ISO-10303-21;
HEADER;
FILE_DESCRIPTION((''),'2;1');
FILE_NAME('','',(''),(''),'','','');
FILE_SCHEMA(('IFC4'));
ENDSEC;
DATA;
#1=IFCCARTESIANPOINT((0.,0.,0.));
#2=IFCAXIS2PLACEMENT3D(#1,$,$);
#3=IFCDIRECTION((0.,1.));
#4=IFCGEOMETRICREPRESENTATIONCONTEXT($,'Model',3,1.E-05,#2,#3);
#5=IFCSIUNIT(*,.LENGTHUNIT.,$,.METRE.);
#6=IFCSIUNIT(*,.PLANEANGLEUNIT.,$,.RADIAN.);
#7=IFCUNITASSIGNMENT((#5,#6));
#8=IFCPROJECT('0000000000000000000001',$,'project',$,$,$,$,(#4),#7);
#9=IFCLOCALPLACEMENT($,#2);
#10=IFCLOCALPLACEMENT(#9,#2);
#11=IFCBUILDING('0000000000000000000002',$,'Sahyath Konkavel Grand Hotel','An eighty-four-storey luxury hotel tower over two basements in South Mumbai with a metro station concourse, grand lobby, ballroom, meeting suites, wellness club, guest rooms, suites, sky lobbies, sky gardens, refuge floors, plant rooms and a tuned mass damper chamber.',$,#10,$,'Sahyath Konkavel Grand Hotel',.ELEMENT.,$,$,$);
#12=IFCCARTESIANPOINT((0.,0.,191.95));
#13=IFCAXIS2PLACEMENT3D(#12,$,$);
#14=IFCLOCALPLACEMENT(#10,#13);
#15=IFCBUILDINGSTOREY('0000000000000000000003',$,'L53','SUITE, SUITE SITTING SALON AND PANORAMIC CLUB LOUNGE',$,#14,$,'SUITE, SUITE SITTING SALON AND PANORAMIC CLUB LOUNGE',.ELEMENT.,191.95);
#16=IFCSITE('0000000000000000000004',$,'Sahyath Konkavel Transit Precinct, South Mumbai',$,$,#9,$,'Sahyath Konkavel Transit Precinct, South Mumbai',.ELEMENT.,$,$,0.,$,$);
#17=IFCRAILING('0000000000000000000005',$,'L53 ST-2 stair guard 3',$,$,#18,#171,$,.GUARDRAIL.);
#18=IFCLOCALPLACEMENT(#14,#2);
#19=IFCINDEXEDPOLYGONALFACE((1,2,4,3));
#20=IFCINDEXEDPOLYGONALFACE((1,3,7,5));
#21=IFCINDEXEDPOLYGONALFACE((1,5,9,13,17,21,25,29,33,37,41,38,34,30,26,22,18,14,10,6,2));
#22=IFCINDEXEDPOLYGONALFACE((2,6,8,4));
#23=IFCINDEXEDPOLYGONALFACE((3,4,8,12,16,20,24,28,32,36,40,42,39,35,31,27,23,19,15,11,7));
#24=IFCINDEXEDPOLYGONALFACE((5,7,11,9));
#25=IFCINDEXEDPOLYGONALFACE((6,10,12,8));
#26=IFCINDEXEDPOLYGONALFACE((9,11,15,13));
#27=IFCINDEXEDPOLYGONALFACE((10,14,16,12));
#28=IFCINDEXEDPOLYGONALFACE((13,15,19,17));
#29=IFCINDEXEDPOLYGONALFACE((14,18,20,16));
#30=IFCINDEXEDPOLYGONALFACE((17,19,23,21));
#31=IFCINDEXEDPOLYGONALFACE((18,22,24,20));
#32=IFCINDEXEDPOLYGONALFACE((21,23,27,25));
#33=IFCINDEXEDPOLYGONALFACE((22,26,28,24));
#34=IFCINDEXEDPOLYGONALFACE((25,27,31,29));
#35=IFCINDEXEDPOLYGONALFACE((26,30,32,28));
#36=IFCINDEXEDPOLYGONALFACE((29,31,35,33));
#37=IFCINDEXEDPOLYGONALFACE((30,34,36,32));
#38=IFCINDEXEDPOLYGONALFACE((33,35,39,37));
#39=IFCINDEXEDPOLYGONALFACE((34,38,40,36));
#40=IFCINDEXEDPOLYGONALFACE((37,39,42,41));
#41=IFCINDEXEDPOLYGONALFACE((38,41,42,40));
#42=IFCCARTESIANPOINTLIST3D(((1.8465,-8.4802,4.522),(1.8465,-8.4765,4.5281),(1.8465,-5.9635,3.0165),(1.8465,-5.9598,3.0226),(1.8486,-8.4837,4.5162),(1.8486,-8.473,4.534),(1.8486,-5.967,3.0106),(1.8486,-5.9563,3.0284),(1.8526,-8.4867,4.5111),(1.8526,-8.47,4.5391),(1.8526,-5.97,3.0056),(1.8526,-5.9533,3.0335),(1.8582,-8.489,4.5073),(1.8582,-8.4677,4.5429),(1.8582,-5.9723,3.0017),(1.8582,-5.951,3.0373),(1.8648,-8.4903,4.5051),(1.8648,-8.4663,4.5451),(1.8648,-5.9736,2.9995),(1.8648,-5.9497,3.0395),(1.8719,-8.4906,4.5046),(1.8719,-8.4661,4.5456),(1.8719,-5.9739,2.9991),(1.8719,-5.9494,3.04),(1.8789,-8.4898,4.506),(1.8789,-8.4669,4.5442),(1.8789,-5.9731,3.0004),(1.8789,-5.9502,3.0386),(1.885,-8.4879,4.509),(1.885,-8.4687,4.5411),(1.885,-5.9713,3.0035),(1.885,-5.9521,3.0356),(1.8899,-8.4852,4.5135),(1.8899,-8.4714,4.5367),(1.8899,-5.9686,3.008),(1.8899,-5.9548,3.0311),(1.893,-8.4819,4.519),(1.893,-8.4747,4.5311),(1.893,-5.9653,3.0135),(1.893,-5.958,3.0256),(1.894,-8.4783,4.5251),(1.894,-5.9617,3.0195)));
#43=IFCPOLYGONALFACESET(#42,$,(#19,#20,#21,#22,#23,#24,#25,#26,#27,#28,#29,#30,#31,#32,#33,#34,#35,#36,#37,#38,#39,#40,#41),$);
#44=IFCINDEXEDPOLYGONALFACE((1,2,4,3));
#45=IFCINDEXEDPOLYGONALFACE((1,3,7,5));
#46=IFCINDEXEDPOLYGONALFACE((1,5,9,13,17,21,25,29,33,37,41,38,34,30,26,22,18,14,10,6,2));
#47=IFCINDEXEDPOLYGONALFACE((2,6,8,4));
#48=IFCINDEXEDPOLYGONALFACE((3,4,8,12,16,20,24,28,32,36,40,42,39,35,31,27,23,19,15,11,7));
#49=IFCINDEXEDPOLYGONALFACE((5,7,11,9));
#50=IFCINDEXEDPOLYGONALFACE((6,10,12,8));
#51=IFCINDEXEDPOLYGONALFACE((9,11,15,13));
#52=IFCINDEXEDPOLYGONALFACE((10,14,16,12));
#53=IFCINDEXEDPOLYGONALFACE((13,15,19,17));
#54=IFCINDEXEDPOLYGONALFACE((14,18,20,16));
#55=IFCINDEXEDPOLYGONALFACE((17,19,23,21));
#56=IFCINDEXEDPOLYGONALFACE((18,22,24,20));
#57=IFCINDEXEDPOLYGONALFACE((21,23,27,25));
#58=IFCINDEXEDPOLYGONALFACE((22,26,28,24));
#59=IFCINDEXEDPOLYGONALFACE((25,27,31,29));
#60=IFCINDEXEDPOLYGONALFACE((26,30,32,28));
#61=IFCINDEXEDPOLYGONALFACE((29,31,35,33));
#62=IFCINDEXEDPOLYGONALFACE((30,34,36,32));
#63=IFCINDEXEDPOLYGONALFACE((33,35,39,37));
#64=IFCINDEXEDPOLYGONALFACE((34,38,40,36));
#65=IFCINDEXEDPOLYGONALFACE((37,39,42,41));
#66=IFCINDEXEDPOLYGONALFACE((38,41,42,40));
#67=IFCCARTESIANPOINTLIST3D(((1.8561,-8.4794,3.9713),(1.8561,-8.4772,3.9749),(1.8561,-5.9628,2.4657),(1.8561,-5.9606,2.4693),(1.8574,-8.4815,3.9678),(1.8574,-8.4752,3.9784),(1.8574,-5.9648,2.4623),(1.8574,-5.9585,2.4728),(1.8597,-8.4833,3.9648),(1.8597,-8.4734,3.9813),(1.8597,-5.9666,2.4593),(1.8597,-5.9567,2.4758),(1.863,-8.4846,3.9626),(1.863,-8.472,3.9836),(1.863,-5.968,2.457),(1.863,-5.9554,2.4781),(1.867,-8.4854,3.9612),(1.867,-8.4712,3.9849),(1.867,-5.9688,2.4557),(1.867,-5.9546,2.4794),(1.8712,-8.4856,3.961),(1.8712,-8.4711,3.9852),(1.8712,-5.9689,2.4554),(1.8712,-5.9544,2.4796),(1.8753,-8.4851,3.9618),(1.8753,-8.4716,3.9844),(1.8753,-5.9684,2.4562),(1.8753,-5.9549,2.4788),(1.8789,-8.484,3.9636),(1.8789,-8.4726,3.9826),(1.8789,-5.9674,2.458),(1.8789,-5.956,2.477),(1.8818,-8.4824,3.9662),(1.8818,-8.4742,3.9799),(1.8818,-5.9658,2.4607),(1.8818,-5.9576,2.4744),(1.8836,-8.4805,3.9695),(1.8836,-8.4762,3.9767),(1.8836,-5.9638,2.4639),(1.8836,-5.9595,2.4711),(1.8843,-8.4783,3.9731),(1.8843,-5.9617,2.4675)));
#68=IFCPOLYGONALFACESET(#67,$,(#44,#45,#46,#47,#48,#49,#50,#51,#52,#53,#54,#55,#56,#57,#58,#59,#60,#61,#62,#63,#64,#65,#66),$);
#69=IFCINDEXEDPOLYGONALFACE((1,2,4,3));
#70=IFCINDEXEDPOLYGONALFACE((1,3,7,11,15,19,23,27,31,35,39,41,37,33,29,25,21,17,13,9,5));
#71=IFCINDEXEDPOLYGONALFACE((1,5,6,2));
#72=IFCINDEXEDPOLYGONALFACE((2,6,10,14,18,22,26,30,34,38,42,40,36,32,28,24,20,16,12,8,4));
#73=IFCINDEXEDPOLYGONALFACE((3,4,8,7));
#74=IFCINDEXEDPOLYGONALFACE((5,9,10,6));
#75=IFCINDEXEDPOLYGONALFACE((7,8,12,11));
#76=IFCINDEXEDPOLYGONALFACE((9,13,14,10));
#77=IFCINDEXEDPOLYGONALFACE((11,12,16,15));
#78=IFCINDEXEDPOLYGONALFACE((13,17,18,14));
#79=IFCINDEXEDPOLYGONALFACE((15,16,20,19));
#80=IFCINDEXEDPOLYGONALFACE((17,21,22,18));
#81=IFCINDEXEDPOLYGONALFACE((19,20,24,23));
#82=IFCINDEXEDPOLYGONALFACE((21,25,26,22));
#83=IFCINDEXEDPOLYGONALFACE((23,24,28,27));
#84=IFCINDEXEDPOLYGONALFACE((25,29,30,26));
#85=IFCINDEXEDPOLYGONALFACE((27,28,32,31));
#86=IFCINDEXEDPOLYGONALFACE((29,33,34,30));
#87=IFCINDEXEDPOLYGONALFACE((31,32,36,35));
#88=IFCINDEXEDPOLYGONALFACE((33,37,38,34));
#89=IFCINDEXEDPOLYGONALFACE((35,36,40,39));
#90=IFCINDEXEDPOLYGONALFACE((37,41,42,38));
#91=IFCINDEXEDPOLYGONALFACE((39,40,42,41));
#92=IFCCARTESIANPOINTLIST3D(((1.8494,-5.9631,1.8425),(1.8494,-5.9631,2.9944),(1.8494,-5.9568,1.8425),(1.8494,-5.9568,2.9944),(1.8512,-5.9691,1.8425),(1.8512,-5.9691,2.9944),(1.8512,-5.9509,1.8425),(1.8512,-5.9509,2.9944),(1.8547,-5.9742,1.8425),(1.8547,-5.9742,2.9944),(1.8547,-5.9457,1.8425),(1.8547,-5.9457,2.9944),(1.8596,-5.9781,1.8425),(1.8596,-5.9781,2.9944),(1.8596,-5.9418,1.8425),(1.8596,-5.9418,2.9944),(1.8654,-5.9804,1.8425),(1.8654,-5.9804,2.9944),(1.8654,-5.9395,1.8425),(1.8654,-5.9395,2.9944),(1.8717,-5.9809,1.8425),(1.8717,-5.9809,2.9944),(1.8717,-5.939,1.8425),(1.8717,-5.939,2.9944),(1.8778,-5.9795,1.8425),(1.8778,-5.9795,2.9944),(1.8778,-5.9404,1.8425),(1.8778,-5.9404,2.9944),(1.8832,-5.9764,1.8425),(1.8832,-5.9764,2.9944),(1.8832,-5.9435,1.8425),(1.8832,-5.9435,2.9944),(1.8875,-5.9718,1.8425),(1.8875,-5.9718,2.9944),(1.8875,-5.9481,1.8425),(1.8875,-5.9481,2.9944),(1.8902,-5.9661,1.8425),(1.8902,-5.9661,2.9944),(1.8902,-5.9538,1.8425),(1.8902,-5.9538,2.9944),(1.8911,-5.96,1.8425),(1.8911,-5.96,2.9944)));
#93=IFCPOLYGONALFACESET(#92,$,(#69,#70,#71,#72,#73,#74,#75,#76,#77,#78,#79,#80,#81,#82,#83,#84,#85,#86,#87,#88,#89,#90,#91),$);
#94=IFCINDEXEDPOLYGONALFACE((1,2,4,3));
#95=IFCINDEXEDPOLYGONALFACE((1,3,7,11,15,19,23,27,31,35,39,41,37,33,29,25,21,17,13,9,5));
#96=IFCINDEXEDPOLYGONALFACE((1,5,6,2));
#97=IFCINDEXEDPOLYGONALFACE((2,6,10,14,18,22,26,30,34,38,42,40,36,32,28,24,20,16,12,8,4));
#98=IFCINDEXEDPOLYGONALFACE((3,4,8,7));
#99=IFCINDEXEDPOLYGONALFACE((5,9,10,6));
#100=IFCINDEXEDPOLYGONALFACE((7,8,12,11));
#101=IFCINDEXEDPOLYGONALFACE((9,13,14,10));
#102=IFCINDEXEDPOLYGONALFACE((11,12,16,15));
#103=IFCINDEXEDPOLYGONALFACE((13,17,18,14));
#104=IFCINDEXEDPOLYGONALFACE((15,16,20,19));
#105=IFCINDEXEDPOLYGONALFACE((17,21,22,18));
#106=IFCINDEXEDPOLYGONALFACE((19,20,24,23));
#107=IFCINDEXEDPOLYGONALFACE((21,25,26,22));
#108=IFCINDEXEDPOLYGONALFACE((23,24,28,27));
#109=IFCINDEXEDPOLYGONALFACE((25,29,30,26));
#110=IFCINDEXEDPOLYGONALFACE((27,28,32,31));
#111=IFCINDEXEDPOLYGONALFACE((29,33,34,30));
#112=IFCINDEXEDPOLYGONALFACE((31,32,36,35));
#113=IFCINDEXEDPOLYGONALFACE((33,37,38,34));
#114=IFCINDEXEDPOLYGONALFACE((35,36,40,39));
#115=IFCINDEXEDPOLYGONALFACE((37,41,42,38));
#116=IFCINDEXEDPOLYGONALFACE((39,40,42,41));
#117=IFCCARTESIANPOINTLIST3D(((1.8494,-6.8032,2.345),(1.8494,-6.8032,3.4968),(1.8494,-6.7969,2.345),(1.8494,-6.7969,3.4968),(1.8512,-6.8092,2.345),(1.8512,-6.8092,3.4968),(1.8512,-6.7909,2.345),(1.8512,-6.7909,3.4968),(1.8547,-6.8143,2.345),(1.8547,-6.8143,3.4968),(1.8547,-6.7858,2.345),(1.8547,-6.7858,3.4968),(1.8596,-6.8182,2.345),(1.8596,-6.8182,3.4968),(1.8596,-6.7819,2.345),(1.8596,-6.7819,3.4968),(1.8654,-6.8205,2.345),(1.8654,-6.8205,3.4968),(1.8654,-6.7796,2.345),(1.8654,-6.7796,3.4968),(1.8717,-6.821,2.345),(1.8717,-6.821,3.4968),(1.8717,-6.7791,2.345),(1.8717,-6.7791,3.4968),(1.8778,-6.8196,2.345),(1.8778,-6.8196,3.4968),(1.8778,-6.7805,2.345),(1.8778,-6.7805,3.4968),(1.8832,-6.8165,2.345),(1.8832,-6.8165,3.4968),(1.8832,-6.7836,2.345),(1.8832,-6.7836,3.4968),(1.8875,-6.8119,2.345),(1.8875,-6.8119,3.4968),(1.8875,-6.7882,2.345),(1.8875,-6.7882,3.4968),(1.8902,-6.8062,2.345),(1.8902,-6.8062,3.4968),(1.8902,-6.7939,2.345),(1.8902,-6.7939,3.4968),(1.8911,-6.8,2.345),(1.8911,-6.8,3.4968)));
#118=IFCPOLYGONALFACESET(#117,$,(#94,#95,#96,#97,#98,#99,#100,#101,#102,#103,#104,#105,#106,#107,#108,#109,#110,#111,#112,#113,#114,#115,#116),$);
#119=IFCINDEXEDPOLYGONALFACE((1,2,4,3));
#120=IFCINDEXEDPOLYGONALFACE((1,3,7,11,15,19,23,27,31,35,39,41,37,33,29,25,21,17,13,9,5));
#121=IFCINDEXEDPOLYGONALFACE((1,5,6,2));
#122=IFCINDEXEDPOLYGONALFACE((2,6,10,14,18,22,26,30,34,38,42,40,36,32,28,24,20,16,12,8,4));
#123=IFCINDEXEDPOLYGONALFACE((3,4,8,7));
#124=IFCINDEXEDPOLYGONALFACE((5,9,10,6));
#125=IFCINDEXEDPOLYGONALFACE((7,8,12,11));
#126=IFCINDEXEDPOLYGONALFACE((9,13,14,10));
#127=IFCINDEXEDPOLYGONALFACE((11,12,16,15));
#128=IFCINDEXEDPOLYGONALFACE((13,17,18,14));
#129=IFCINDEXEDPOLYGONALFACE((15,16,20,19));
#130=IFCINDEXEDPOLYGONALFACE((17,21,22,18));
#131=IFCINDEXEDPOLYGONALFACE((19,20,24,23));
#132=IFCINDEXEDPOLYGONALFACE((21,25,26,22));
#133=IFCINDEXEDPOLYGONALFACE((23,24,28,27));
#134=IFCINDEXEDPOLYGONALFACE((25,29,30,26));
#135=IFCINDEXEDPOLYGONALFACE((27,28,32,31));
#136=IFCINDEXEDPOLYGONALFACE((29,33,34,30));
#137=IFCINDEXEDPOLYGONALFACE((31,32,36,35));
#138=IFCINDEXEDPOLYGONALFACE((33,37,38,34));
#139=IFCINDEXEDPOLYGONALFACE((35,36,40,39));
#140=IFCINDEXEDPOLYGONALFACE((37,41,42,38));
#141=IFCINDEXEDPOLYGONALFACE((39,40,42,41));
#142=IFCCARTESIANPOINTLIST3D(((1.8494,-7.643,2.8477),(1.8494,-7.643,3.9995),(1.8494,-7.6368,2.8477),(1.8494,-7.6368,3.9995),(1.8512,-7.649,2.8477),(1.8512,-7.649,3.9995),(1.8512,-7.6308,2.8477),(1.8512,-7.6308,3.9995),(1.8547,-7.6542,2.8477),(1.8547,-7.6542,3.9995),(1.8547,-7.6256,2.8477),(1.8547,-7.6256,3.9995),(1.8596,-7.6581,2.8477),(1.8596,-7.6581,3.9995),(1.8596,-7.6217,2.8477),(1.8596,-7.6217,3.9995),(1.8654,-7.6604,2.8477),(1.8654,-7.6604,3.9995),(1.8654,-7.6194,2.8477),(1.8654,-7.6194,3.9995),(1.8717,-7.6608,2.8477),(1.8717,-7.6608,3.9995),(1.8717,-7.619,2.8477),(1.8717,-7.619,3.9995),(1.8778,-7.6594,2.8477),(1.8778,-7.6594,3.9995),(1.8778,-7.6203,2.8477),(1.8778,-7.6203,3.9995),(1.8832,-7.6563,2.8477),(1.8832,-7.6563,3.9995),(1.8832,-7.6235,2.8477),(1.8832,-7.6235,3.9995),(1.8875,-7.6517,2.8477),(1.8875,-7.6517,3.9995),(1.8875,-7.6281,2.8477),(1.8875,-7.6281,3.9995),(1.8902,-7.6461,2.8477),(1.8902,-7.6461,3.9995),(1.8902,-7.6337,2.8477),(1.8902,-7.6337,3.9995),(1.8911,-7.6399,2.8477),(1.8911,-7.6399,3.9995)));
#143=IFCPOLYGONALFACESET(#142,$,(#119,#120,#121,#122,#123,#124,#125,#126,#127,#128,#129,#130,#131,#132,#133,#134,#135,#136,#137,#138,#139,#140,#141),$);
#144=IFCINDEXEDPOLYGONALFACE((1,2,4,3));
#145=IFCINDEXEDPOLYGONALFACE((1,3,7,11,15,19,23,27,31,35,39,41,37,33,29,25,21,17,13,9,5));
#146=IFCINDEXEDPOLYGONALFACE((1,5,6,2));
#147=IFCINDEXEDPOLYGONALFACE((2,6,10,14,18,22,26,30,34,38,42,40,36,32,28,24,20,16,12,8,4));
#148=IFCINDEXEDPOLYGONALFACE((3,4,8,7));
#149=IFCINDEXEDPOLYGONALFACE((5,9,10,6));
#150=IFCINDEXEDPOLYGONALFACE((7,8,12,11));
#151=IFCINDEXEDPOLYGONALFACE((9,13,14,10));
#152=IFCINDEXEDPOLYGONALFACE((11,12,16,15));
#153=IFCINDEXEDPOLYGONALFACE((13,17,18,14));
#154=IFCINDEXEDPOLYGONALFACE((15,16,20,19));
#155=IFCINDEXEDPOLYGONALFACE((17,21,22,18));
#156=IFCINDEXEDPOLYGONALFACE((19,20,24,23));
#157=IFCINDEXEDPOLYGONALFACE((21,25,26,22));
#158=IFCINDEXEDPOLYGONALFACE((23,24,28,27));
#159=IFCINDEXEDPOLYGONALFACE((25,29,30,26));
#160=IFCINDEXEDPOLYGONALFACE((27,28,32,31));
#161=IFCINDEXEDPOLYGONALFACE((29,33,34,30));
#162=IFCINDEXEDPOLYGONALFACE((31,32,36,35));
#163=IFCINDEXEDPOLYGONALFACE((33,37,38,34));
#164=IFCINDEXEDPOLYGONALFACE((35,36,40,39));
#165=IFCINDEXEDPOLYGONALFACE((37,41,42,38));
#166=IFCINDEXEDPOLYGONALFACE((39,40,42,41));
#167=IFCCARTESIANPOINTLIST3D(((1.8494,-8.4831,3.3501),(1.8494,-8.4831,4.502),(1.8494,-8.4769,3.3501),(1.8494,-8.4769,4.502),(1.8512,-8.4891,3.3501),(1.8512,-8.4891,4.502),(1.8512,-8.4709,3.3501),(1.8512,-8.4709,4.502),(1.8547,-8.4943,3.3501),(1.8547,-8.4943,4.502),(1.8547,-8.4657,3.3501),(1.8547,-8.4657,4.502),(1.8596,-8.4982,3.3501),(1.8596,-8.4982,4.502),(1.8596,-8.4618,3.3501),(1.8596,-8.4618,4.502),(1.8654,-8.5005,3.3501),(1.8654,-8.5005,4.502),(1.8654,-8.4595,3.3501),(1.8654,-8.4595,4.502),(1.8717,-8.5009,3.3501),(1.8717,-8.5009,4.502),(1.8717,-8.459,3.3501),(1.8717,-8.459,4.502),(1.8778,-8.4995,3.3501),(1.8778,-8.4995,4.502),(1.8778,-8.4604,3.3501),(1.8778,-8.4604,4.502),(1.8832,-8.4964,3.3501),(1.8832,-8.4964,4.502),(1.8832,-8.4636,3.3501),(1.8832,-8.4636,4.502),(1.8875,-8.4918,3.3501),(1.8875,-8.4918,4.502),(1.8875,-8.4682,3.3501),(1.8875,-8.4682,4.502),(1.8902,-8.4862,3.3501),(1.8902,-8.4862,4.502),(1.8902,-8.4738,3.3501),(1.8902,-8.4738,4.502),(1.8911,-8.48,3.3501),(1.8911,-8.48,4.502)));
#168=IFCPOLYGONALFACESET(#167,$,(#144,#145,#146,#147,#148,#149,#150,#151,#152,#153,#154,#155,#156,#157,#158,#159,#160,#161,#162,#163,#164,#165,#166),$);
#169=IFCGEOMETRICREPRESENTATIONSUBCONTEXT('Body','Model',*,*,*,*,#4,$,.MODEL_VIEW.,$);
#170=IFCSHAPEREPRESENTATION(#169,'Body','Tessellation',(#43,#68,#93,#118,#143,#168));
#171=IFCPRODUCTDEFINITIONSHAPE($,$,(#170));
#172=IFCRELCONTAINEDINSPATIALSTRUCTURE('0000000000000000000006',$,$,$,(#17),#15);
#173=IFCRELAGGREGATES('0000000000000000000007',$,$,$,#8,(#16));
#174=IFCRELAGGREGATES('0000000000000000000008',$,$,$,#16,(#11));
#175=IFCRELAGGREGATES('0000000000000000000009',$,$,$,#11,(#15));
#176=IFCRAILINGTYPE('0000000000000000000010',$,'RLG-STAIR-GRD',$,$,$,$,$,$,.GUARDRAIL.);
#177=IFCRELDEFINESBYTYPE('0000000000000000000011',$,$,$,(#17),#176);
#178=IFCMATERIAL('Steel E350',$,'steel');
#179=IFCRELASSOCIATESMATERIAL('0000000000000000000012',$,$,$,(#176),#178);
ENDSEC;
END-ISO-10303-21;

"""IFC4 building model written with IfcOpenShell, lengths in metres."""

from ifc_helpers import new_model, si_unit, direction, frame, origin, origin_2d, place, context, subcontext, project, spatial, circle, extrude, material, type_object, element, save


model = new_model("IFC4")

# Units and contexts
model_context = context("Model", 3, precision=1e-05, world=origin(), true_north=direction((0.0, 1.0)))
body_context = subcontext(model_context, "Body", "Model", "MODEL_VIEW")
ifc_project = project(units=[si_unit("LENGTHUNIT", "METRE"), si_unit("PLANEANGLEUNIT", "RADIAN")], contexts=[model_context])

# Site, building, storey
site_placement = place(None, origin())
site = spatial("IfcSite", under=ifc_project, at=site_placement, Name="Sahyath Konkavel Transit Precinct, South Mumbai", LongName="Sahyath Konkavel Transit Precinct, South Mumbai", CompositionType="ELEMENT", RefElevation=0.0)
building_placement = place(site_placement, origin())
building = spatial("IfcBuilding", under=site, at=building_placement, Name="Sahyath Konkavel Grand Hotel", Description="An eighty-four-storey luxury hotel tower over two basements in South Mumbai with a metro station concourse, grand lobby, ballroom, meeting suites, wellness club, guest rooms, suites, sky lobbies, sky gardens, refuge floors, plant rooms and a tuned mass damper chamber.", LongName="Sahyath Konkavel Grand Hotel", CompositionType="ELEMENT")
storey_placement = place(building_placement, frame((0.0, 0.0, 191.95)))
storey = spatial("IfcBuildingStorey", under=building, at=storey_placement, Name="L53", Description="SUITE, SUITE SITTING SALON AND PANORAMIC CLUB LOUNGE", LongName="SUITE, SUITE SITTING SALON AND PANORAMIC CLUB LOUNGE", CompositionType="ELEMENT", Elevation=191.95)

# Shared definitions
ifc_material_1 = material(Name="Steel E350", Category="steel")

# Railing
railing_type_1 = type_object("IfcRailingType", Name="RLG-STAIR-GRD", PredefinedType="GUARDRAIL", material=ifc_material_1)
railing_1_placement = place(storey_placement, frame((1.8701, -5.96, 1.8425)))
element("IfcRailing", 1, at=railing_1_placement, inside=storey, type_object=railing_type_1, Name="L53 ST-2 stair guard 3", PredefinedType="GUARDRAIL", context=body_context, shape_type="SweptSolid", body=[
    extrude(circle(Radius=0.0239, at=origin_2d()), frame((0.0, -0.0017, 1.177), z_axis=(0.0, -0.85816, 0.513383), x_axis=(1.0, 0.0, 0.0)), (0.0, 0.0, 1.0), 2.9326),
    extrude(circle(Radius=0.0142, at=origin_2d()), frame((0.0, -0.0017, 0.625), z_axis=(0.0, -0.85816, 0.513383), x_axis=(1.0, 0.0, 0.0)), (0.0, 0.0, 1.0), 2.9326),
    extrude(circle(Radius=0.021, at=origin_2d()), origin(), (0.0, 0.0, 1.0), 1.1519),
    extrude(circle(Radius=0.021, at=origin_2d()), frame((0.0, -0.8401, 0.5024)), (0.0, 0.0, 1.0), 1.1519),
    extrude(circle(Radius=0.021, at=origin_2d()), frame((0.0, -1.6799, 1.0051)), (0.0, 0.0, 1.0), 1.1519),
    extrude(circle(Radius=0.021, at=origin_2d()), frame((0.0, -2.52, 1.5076)), (0.0, 0.0, 1.0), 1.1519),
])

save(model, "model.ifc")
